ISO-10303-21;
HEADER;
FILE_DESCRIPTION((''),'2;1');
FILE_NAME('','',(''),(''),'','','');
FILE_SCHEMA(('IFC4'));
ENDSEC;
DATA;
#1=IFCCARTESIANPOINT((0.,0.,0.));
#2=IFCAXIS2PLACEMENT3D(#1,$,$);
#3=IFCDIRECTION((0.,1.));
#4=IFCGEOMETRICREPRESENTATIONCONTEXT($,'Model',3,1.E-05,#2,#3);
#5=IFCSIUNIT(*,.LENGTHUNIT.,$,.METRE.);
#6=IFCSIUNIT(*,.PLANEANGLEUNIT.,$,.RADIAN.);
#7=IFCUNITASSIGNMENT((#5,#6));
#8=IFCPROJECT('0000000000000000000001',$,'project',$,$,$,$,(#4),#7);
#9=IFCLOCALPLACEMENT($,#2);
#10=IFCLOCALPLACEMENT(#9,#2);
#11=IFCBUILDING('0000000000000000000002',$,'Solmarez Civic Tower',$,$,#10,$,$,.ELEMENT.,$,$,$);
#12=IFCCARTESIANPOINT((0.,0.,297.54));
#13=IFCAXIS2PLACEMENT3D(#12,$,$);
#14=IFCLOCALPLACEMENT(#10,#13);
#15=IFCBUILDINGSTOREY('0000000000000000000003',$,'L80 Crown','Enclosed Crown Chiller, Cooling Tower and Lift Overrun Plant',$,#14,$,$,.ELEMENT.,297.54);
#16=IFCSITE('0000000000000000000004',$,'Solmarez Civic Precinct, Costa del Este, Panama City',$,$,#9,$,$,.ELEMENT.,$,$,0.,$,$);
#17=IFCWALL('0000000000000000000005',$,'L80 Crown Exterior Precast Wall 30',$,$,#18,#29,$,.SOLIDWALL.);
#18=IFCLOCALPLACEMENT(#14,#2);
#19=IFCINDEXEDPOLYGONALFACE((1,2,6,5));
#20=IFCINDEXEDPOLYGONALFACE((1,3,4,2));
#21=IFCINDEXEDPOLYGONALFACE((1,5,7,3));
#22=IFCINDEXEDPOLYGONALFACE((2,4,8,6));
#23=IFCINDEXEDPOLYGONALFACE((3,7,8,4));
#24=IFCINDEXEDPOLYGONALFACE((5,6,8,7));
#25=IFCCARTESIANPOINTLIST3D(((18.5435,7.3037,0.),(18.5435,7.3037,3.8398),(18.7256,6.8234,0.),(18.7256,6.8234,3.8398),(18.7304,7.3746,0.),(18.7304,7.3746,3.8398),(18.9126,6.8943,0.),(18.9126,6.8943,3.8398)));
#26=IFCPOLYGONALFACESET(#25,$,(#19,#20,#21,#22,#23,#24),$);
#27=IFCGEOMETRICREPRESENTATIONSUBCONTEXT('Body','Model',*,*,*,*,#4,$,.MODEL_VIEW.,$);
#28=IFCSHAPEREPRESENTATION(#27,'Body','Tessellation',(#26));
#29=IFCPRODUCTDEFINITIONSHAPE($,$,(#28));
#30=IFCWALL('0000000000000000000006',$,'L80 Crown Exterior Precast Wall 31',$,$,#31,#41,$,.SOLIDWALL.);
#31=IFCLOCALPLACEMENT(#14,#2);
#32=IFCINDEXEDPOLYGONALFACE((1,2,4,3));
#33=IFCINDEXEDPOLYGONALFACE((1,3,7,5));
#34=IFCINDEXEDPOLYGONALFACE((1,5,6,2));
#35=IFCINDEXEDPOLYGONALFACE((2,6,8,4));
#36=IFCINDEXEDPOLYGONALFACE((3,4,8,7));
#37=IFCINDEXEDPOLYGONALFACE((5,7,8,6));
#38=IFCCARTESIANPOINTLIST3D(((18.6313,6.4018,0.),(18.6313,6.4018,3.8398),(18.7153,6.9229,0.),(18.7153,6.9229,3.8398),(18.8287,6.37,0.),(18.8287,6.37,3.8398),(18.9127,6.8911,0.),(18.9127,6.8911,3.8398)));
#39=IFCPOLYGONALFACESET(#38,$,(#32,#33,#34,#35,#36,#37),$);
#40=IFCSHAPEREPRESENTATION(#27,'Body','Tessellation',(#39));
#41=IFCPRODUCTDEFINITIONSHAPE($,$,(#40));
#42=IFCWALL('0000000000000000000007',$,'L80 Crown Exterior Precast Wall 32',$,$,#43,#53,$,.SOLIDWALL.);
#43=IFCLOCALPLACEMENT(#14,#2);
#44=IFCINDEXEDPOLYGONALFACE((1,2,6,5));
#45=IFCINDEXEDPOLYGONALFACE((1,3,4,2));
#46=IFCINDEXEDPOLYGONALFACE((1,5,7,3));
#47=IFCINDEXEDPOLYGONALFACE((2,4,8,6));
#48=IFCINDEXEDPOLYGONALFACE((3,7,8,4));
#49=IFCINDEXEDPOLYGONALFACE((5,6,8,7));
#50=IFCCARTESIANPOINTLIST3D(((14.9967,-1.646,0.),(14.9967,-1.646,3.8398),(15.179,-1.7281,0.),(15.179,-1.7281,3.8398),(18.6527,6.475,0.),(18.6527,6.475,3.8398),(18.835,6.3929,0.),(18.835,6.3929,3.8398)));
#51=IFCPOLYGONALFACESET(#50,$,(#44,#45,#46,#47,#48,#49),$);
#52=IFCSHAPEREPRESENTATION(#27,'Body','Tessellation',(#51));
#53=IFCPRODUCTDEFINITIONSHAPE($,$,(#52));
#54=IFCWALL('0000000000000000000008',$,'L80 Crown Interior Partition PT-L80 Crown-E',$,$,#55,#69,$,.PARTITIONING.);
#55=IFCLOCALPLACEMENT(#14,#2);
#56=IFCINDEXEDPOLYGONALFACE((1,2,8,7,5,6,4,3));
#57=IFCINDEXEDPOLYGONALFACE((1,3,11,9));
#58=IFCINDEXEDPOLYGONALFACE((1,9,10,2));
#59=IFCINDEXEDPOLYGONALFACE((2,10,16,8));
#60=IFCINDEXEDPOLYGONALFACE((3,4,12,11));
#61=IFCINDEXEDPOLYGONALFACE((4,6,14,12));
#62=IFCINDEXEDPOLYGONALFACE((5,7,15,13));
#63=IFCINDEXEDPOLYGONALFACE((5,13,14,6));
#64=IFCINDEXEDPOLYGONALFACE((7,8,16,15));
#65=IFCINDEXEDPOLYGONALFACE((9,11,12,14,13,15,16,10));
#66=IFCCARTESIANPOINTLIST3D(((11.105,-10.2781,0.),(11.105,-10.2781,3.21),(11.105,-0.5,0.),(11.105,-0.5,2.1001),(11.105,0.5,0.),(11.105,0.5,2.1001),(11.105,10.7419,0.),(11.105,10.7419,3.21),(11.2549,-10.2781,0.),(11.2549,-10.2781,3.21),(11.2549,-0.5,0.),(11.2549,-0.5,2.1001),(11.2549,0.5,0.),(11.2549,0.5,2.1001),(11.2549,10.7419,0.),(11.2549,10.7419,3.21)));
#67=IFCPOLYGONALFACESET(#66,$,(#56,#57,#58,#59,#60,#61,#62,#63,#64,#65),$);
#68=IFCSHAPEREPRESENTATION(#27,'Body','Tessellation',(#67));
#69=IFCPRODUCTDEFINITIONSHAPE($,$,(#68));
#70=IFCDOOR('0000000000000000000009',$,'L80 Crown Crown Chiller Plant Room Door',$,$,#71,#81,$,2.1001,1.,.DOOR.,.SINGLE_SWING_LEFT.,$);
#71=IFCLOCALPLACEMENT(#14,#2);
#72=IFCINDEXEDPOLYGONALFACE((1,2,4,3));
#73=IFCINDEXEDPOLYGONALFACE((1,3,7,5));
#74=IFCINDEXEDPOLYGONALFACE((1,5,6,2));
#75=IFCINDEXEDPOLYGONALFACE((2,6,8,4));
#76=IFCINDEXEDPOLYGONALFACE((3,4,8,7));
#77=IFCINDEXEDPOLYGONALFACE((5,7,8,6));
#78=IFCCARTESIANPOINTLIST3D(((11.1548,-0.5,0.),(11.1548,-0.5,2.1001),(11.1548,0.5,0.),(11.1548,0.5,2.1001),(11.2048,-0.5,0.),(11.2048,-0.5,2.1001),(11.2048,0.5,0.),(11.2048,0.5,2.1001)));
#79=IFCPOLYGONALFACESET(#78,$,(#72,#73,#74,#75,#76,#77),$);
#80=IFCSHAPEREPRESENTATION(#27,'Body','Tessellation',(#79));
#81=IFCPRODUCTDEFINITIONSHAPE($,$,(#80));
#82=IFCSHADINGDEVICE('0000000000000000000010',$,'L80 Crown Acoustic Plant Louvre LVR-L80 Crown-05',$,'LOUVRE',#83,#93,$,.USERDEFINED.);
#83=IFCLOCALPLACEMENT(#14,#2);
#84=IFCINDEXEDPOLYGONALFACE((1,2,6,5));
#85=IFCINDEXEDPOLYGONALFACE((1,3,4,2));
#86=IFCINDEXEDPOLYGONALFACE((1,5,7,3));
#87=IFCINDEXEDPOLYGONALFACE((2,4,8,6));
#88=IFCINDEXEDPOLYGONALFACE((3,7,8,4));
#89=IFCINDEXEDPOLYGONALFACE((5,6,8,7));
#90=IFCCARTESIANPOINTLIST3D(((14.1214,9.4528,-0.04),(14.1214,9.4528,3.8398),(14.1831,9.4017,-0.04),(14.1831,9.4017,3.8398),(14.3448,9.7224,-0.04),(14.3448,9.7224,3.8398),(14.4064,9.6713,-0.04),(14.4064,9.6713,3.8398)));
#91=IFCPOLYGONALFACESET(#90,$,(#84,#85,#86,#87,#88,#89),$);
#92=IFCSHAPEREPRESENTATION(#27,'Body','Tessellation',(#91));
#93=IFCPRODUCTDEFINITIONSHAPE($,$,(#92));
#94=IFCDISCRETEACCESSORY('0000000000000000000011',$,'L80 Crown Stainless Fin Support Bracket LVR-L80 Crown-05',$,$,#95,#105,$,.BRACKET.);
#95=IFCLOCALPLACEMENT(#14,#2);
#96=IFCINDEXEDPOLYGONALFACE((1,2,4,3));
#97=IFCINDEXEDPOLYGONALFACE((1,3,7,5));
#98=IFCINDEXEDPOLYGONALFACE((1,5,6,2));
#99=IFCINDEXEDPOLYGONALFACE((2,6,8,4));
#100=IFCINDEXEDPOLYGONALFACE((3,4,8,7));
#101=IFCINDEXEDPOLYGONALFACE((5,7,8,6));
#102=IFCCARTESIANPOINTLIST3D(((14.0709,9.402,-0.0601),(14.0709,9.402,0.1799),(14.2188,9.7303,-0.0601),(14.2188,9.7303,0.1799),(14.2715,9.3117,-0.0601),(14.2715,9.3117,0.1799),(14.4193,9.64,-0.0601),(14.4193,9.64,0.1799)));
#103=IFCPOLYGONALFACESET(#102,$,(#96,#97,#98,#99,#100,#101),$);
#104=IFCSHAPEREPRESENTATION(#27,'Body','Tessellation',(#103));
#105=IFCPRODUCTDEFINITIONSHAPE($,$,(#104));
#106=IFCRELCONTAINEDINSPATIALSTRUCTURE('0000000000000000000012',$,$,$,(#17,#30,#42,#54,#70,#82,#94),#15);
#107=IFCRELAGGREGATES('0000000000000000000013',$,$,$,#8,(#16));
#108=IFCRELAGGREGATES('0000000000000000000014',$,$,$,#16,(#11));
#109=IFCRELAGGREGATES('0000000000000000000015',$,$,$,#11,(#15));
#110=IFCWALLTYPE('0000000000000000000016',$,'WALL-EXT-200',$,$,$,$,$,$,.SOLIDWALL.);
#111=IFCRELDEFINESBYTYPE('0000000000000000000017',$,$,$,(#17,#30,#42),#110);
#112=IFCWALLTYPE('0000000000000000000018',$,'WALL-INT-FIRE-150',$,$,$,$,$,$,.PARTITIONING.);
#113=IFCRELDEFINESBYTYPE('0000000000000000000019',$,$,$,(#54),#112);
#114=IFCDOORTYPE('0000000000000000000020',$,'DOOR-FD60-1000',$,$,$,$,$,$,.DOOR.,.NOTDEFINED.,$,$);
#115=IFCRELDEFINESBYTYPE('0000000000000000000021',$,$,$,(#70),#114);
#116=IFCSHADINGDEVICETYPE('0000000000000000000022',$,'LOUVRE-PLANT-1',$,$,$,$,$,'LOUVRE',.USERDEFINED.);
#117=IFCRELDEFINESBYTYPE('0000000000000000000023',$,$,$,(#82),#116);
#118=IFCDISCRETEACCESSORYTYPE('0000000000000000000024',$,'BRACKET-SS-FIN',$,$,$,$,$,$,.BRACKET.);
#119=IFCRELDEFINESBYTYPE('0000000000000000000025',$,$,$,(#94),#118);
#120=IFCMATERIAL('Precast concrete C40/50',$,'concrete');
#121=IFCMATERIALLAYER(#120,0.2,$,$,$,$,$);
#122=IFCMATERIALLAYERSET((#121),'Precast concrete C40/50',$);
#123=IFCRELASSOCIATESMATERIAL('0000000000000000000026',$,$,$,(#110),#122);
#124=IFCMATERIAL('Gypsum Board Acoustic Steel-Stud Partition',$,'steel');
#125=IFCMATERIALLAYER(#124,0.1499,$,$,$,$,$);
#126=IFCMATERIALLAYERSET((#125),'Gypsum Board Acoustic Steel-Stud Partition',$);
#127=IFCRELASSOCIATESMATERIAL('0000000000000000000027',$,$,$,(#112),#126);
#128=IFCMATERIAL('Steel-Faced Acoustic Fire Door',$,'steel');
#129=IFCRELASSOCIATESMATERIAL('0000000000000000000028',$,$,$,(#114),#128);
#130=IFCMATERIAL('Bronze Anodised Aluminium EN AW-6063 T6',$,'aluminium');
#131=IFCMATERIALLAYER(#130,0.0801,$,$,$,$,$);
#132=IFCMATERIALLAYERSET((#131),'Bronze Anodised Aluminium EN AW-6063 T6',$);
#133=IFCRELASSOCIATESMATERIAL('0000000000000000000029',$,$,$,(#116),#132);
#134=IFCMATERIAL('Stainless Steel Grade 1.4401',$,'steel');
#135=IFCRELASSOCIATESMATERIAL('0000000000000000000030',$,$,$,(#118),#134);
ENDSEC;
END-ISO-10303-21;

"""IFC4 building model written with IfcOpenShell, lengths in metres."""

from ifc_helpers import new_model, si_unit, direction, frame, frame_2d, origin, origin_2d, place, context, subcontext, project, spatial, rectangle, extrude, material, layer, layer_set, type_object, element, fill, save


model = new_model("IFC4")

# Units and contexts
model_context = context("Model", 3, precision=1e-05, world=origin(), true_north=direction((0.0, 1.0)))
body_context = subcontext(model_context, "Body", "Model", "MODEL_VIEW")
ifc_project = project(units=[si_unit("LENGTHUNIT", "METRE"), si_unit("PLANEANGLEUNIT", "RADIAN")], contexts=[model_context])

# Site, building, storey
site_placement = place(None, origin())
site = spatial("IfcSite", under=ifc_project, at=site_placement, Name="Solmarez Civic Precinct, Costa del Este, Panama City", CompositionType="ELEMENT", RefElevation=0.0)
building_placement = place(site_placement, origin())
building = spatial("IfcBuilding", under=site, at=building_placement, Name="Solmarez Civic Tower", CompositionType="ELEMENT")
storey_placement = place(building_placement, frame((0.0, 0.0, 297.54)))
storey = spatial("IfcBuildingStorey", under=building, at=storey_placement, Name="L80 Crown", Description="Enclosed Crown Chiller, Cooling Tower and Lift Overrun Plant", CompositionType="ELEMENT", Elevation=297.54)

# Walls
ifc_material_1 = material(Name="Precast concrete C40/50", Category="concrete")
ifc_layer_1 = layer(ifc_material_1, 0.2)
ifc_layer_set_1 = layer_set([ifc_layer_1], Name="Precast concrete C40/50")
wall_type_1 = type_object("IfcWallType", Name="WALL-EXT-200", PredefinedType="SOLIDWALL", material=ifc_layer_set_1)
wall_1_placement = place(storey_placement, frame((18.637, 7.3391, 0.0), z_axis=(0.0, 0.0, 1.0), x_axis=(0.354611, -0.935014, 0.0)))
element("IfcWall", 1, at=wall_1_placement, inside=storey, type_object=wall_type_1, Name="L80 Crown Exterior Precast Wall 30", PredefinedType="SOLIDWALL", context=body_context, shape_type="SweptSolid", body=[
    extrude(rectangle(XDim=0.5137, YDim=0.2, at=frame_2d((0.2568, 0.0))), origin(), (0.0, 0.0, 1.0), 3.8398),
])
wall_2_placement = place(storey_placement, frame((18.814, 6.907, 0.0), z_axis=(0.0, 0.0, 1.0), x_axis=(-0.159145, -0.987255, 0.0)))
element("IfcWall", 2, at=wall_2_placement, inside=storey, type_object=wall_type_1, Name="L80 Crown Exterior Precast Wall 31", PredefinedType="SOLIDWALL", context=body_context, shape_type="SweptSolid", body=[
    extrude(rectangle(XDim=0.5278, YDim=0.2, at=frame_2d((0.2639, 0.0))), origin(), (0.0, 0.0, 1.0), 3.8398),
])
wall_3_placement = place(storey_placement, frame((18.7439, 6.4341, 0.0), z_axis=(0.0, 0.0, 1.0), x_axis=(-0.410506, -0.911858, 0.0)))
element("IfcWall", 3, at=wall_3_placement, inside=storey, type_object=wall_type_1, Name="L80 Crown Exterior Precast Wall 32", PredefinedType="SOLIDWALL", context=body_context, shape_type="SweptSolid", body=[
    extrude(rectangle(XDim=8.906, YDim=0.2, at=frame_2d((4.4531, 0.0))), origin(), (0.0, 0.0, 1.0), 3.8398),
])

# Wall, opening, door
ifc_material_2 = material(Name="Gypsum Board Acoustic Steel-Stud Partition", Category="steel")
ifc_layer_2 = layer(ifc_material_2, 0.1499)
ifc_layer_set_2 = layer_set([ifc_layer_2], Name="Gypsum Board Acoustic Steel-Stud Partition")
wall_type_2 = type_object("IfcWallType", Name="WALL-INT-FIRE-150", PredefinedType="PARTITIONING", material=ifc_layer_set_2)
wall_4_placement = place(storey_placement, frame((11.1799, 10.7419, 0.0), z_axis=(0.0, 0.0, 1.0), x_axis=(0.0, -1.0, 0.0)))
wall_4 = element("IfcWall", 4, at=wall_4_placement, inside=storey, type_object=wall_type_2, Name="L80 Crown Interior Partition PT-L80 Crown-E", PredefinedType="PARTITIONING", context=body_context, shape_type="SweptSolid", body=[
    extrude(rectangle(XDim=21.02, YDim=0.1499, at=frame_2d((10.51, 0.0))), origin(), (0.0, 0.0, 1.0), 3.21),
])
opening_placement = place(wall_4_placement, frame((10.2419, 0.0, 0.0)))
opening = element("IfcOpeningElement", 5, at=opening_placement, cuts=wall_4, PredefinedType="OPENING", context=body_context, shape_type="SweptSolid", body=[
    extrude(rectangle(XDim=1.0, YDim=2.1001, at=frame_2d((0.5, 1.05))), frame((0.0, 0.085, 0.0), z_axis=(0.0, -1.0, 0.0), x_axis=(1.0, 0.0, 0.0)), (0.0, 0.0, 1.0), 0.1699),
])
ifc_material_3 = material(Name="Steel-Faced Acoustic Fire Door", Category="steel")
door_type = type_object("IfcDoorType", Name="DOOR-FD60-1000", OperationType="NOTDEFINED", PredefinedType="DOOR", material=ifc_material_3)
door_placement = place(opening_placement, origin())
door = element("IfcDoor", 6, at=door_placement, inside=storey, type_object=door_type, Name="L80 Crown Crown Chiller Plant Room Door", OperationType="SINGLE_SWING_LEFT", OverallHeight=2.1001, OverallWidth=1.0, PredefinedType="DOOR", context=body_context, shape_type="SweptSolid", body=[
    extrude(rectangle(XDim=1.0, YDim=2.1001, at=frame_2d((0.5, 1.05))), frame((0.0, 0.0249, 0.0), z_axis=(0.0, -1.0, 0.0), x_axis=(1.0, 0.0, 0.0)), (0.0, 0.0, 1.0), 0.05),
])
fill(opening, door)

# Shading device
ifc_material_4 = material(Name="Bronze Anodised Aluminium EN AW-6063 T6", Category="aluminium")
ifc_layer_3 = layer(ifc_material_4, 0.0801)
ifc_layer_set_3 = layer_set([ifc_layer_3], Name="Bronze Anodised Aluminium EN AW-6063 T6")
shading_device_type = type_object("IfcShadingDeviceType", Name="LOUVRE-PLANT-1", ElementType="LOUVRE", PredefinedType="USERDEFINED", material=ifc_layer_set_3)
shading_device_placement = place(storey_placement, frame((14.2639, 9.562, -0.04), z_axis=(0.0, 0.0, 1.0), x_axis=(0.637989, 0.770046, 0.0)))
element("IfcShadingDevice", 7, at=shading_device_placement, inside=storey, type_object=shading_device_type, Name="L80 Crown Acoustic Plant Louvre LVR-L80 Crown-05", ObjectType="LOUVRE", PredefinedType="USERDEFINED", context=body_context, shape_type="SweptSolid", body=[
    extrude(rectangle(XDim=0.3501, YDim=0.0801, at=origin_2d()), origin(), (0.0, 0.0, 1.0), 3.8799),
])

# Discrete accessory
ifc_material_5 = material(Name="Stainless Steel Grade 1.4401", Category="steel")
discrete_accessory_type = type_object("IfcDiscreteAccessoryType", Name="BRACKET-SS-FIN", PredefinedType="BRACKET", material=ifc_material_5)
discrete_accessory_placement = place(storey_placement, frame((14.2451, 9.521, -0.0601), z_axis=(0.0, 0.0, 1.0), x_axis=(0.410585, 0.911822, 0.0)))
element("IfcDiscreteAccessory", 8, at=discrete_accessory_placement, inside=storey, type_object=discrete_accessory_type, Name="L80 Crown Stainless Fin Support Bracket LVR-L80 Crown-05", PredefinedType="BRACKET", context=body_context, shape_type="SweptSolid", body=[
    extrude(rectangle(XDim=0.3601, YDim=0.22, at=origin_2d()), origin(), (0.0, 0.0, 1.0), 0.24),
])

save(model, "model.ifc")
